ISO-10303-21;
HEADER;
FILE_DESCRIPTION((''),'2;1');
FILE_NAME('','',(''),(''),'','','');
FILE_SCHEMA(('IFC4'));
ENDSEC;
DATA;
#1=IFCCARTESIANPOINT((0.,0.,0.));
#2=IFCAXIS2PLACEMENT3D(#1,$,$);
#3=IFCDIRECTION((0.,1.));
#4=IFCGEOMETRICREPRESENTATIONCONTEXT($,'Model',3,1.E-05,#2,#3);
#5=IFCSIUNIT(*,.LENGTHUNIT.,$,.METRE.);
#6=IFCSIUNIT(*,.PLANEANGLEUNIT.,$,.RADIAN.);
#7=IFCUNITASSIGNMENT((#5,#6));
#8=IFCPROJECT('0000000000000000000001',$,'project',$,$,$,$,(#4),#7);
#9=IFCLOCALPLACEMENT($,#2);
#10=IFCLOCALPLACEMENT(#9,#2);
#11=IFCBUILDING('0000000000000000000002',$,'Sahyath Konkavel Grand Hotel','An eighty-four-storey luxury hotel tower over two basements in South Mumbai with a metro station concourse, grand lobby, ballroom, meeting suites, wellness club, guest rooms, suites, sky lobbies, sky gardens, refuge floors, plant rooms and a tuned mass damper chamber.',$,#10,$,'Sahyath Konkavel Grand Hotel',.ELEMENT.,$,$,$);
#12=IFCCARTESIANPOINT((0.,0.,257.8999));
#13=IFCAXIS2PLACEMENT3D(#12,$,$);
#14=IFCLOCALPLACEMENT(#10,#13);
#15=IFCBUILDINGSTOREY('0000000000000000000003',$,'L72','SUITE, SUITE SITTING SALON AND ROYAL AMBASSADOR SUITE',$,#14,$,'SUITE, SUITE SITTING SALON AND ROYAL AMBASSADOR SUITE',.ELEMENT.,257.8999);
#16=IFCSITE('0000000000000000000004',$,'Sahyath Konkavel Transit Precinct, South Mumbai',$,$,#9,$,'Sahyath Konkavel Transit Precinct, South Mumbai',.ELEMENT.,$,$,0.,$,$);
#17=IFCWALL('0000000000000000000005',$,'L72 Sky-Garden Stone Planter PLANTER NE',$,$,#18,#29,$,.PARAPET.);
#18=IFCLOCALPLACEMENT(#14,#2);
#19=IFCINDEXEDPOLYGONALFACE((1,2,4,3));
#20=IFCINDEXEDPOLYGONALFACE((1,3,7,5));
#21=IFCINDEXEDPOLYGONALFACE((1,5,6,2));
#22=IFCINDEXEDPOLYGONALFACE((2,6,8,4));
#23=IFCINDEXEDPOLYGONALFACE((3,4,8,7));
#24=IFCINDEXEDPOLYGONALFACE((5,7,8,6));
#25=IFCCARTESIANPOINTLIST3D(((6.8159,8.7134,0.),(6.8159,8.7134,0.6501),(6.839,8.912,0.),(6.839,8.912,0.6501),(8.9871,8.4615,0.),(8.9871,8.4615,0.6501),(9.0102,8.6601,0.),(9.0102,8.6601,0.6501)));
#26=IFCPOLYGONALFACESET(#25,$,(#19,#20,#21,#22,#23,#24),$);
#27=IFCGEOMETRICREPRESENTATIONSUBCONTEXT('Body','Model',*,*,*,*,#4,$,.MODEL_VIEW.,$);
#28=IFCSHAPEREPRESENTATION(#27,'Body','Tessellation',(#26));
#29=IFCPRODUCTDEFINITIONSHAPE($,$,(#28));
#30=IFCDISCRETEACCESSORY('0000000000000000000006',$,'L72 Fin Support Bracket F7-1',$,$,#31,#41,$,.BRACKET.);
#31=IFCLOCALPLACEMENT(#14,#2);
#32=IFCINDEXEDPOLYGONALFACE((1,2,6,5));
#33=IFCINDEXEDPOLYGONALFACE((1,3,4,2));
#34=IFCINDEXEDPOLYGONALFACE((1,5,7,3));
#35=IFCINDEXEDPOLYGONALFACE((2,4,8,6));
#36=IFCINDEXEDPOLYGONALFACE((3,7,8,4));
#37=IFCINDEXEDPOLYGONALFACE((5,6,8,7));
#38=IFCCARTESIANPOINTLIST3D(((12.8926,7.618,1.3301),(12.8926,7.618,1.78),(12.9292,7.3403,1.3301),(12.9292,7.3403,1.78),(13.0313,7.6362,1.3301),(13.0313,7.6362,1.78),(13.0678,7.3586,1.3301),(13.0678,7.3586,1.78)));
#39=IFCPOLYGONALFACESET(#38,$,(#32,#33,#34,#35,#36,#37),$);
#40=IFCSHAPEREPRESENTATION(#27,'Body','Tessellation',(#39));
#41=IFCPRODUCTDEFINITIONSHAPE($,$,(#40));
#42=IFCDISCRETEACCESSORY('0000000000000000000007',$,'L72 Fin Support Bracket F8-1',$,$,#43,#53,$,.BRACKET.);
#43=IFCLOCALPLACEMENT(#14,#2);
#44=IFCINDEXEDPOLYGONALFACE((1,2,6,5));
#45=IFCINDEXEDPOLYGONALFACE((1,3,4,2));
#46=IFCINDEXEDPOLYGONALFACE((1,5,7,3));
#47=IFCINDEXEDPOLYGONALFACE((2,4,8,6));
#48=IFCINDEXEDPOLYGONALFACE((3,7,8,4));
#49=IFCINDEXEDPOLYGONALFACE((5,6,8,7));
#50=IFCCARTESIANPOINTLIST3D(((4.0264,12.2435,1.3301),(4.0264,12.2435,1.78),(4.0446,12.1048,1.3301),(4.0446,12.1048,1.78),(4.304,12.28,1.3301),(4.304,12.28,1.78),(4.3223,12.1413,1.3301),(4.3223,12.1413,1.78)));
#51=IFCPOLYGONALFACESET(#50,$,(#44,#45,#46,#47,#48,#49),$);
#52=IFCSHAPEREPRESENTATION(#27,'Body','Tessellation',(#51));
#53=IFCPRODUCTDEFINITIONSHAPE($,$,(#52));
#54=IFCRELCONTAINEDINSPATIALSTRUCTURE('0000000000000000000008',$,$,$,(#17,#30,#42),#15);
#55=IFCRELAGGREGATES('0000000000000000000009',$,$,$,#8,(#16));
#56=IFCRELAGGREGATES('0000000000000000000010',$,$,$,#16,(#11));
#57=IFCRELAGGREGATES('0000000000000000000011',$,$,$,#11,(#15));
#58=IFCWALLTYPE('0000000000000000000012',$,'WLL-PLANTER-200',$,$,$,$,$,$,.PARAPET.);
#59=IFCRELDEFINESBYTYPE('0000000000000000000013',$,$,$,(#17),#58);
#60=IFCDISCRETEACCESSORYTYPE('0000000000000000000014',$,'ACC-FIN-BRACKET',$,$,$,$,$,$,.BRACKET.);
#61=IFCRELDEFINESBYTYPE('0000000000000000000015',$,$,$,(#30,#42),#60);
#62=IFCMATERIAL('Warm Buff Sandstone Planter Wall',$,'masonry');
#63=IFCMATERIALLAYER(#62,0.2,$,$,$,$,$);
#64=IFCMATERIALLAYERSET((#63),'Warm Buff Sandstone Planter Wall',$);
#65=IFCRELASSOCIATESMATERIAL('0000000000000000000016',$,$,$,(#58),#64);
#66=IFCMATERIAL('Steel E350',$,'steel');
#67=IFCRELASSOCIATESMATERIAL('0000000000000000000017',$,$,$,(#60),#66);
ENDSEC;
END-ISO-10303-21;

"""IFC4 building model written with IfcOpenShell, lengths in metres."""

from ifc_helpers import new_model, si_unit, direction, frame, frame_2d, origin, origin_2d, place, context, subcontext, project, spatial, rectangle, extrude, source, transform, mapped, material, layer, layer_set, type_object, element, save


model = new_model("IFC4")

# Units and contexts
model_context = context("Model", 3, precision=1e-05, world=origin(), true_north=direction((0.0, 1.0)))
body_context = subcontext(model_context, "Body", "Model", "MODEL_VIEW")
ifc_project = project(units=[si_unit("LENGTHUNIT", "METRE"), si_unit("PLANEANGLEUNIT", "RADIAN")], contexts=[model_context])

# Site, building, storey
site_placement = place(None, origin())
site = spatial("IfcSite", under=ifc_project, at=site_placement, Name="Sahyath Konkavel Transit Precinct, South Mumbai", LongName="Sahyath Konkavel Transit Precinct, South Mumbai", CompositionType="ELEMENT", RefElevation=0.0)
building_placement = place(site_placement, origin())
building = spatial("IfcBuilding", under=site, at=building_placement, Name="Sahyath Konkavel Grand Hotel", Description="An eighty-four-storey luxury hotel tower over two basements in South Mumbai with a metro station concourse, grand lobby, ballroom, meeting suites, wellness club, guest rooms, suites, sky lobbies, sky gardens, refuge floors, plant rooms and a tuned mass damper chamber.", LongName="Sahyath Konkavel Grand Hotel", CompositionType="ELEMENT")
storey_placement = place(building_placement, frame((0.0, 0.0, 257.8999)))
storey = spatial("IfcBuildingStorey", under=building, at=storey_placement, Name="L72", Description="SUITE, SUITE SITTING SALON AND ROYAL AMBASSADOR SUITE", LongName="SUITE, SUITE SITTING SALON AND ROYAL AMBASSADOR SUITE", CompositionType="ELEMENT", Elevation=257.8999)

# Shared definitions
ifc_material_1 = material(Name="Steel E350", Category="steel")

# Wall
ifc_material_2 = material(Name="Warm Buff Sandstone Planter Wall", Category="masonry")
ifc_layer_1 = layer(ifc_material_2, 0.2)
ifc_layer_set_1 = layer_set([ifc_layer_1], Name="Warm Buff Sandstone Planter Wall")
wall_type_1 = type_object("IfcWallType", Name="WLL-PLANTER-200", PredefinedType="PARAPET", material=ifc_layer_set_1)
wall_1_placement = place(storey_placement, frame((8.9985, 8.5608, 0.0), z_axis=(0.0, 0.0, 1.0), x_axis=(-0.993334, 0.115273, 0.0)))
element("IfcWall", 1, at=wall_1_placement, inside=storey, type_object=wall_type_1, Name="L72 Sky-Garden Stone Planter PLANTER NE", PredefinedType="PARAPET", context=body_context, shape_type="SweptSolid", body=[
    extrude(rectangle(XDim=2.1858, YDim=0.2, at=frame_2d((1.0928, 0.0))), origin(), (0.0, 0.0, 1.0), 0.6501),
])

# Discrete accessories
discrete_accessory_type = type_object("IfcDiscreteAccessoryType", Name="ACC-FIN-BRACKET", PredefinedType="BRACKET", material=ifc_material_1)
shared_shape_1 = source(origin(), body_context, "Body", "SweptSolid", [
    extrude(rectangle(XDim=0.28, YDim=0.1399, at=origin_2d()), origin(), (0.0, 0.0, 1.0), 0.45),
])
for number, where, z_axis, x_axis, name in (
    (2, (12.9802, 7.4883, 1.3301), (0.0, 0.0, 1.0), (-0.130526, 0.991445, 0.0), "L72 Fin Support Bracket F7-1"),
    (3, (4.1743, 12.1924, 1.3301), (0.0, 0.0, 1.0), (0.991445, 0.130526, 0.0), "L72 Fin Support Bracket F8-1"),
):
    element("IfcDiscreteAccessory", number, at=place(storey_placement, frame(where, z_axis=z_axis, x_axis=x_axis)), inside=storey, type_object=discrete_accessory_type, Name=name, PredefinedType="BRACKET", context=body_context, shape_type="MappedRepresentation", body=[
        mapped(shared_shape_1, transform((0.0, 0.0, 0.0), scale=1.0)),
    ])

save(model, "model.ifc")
